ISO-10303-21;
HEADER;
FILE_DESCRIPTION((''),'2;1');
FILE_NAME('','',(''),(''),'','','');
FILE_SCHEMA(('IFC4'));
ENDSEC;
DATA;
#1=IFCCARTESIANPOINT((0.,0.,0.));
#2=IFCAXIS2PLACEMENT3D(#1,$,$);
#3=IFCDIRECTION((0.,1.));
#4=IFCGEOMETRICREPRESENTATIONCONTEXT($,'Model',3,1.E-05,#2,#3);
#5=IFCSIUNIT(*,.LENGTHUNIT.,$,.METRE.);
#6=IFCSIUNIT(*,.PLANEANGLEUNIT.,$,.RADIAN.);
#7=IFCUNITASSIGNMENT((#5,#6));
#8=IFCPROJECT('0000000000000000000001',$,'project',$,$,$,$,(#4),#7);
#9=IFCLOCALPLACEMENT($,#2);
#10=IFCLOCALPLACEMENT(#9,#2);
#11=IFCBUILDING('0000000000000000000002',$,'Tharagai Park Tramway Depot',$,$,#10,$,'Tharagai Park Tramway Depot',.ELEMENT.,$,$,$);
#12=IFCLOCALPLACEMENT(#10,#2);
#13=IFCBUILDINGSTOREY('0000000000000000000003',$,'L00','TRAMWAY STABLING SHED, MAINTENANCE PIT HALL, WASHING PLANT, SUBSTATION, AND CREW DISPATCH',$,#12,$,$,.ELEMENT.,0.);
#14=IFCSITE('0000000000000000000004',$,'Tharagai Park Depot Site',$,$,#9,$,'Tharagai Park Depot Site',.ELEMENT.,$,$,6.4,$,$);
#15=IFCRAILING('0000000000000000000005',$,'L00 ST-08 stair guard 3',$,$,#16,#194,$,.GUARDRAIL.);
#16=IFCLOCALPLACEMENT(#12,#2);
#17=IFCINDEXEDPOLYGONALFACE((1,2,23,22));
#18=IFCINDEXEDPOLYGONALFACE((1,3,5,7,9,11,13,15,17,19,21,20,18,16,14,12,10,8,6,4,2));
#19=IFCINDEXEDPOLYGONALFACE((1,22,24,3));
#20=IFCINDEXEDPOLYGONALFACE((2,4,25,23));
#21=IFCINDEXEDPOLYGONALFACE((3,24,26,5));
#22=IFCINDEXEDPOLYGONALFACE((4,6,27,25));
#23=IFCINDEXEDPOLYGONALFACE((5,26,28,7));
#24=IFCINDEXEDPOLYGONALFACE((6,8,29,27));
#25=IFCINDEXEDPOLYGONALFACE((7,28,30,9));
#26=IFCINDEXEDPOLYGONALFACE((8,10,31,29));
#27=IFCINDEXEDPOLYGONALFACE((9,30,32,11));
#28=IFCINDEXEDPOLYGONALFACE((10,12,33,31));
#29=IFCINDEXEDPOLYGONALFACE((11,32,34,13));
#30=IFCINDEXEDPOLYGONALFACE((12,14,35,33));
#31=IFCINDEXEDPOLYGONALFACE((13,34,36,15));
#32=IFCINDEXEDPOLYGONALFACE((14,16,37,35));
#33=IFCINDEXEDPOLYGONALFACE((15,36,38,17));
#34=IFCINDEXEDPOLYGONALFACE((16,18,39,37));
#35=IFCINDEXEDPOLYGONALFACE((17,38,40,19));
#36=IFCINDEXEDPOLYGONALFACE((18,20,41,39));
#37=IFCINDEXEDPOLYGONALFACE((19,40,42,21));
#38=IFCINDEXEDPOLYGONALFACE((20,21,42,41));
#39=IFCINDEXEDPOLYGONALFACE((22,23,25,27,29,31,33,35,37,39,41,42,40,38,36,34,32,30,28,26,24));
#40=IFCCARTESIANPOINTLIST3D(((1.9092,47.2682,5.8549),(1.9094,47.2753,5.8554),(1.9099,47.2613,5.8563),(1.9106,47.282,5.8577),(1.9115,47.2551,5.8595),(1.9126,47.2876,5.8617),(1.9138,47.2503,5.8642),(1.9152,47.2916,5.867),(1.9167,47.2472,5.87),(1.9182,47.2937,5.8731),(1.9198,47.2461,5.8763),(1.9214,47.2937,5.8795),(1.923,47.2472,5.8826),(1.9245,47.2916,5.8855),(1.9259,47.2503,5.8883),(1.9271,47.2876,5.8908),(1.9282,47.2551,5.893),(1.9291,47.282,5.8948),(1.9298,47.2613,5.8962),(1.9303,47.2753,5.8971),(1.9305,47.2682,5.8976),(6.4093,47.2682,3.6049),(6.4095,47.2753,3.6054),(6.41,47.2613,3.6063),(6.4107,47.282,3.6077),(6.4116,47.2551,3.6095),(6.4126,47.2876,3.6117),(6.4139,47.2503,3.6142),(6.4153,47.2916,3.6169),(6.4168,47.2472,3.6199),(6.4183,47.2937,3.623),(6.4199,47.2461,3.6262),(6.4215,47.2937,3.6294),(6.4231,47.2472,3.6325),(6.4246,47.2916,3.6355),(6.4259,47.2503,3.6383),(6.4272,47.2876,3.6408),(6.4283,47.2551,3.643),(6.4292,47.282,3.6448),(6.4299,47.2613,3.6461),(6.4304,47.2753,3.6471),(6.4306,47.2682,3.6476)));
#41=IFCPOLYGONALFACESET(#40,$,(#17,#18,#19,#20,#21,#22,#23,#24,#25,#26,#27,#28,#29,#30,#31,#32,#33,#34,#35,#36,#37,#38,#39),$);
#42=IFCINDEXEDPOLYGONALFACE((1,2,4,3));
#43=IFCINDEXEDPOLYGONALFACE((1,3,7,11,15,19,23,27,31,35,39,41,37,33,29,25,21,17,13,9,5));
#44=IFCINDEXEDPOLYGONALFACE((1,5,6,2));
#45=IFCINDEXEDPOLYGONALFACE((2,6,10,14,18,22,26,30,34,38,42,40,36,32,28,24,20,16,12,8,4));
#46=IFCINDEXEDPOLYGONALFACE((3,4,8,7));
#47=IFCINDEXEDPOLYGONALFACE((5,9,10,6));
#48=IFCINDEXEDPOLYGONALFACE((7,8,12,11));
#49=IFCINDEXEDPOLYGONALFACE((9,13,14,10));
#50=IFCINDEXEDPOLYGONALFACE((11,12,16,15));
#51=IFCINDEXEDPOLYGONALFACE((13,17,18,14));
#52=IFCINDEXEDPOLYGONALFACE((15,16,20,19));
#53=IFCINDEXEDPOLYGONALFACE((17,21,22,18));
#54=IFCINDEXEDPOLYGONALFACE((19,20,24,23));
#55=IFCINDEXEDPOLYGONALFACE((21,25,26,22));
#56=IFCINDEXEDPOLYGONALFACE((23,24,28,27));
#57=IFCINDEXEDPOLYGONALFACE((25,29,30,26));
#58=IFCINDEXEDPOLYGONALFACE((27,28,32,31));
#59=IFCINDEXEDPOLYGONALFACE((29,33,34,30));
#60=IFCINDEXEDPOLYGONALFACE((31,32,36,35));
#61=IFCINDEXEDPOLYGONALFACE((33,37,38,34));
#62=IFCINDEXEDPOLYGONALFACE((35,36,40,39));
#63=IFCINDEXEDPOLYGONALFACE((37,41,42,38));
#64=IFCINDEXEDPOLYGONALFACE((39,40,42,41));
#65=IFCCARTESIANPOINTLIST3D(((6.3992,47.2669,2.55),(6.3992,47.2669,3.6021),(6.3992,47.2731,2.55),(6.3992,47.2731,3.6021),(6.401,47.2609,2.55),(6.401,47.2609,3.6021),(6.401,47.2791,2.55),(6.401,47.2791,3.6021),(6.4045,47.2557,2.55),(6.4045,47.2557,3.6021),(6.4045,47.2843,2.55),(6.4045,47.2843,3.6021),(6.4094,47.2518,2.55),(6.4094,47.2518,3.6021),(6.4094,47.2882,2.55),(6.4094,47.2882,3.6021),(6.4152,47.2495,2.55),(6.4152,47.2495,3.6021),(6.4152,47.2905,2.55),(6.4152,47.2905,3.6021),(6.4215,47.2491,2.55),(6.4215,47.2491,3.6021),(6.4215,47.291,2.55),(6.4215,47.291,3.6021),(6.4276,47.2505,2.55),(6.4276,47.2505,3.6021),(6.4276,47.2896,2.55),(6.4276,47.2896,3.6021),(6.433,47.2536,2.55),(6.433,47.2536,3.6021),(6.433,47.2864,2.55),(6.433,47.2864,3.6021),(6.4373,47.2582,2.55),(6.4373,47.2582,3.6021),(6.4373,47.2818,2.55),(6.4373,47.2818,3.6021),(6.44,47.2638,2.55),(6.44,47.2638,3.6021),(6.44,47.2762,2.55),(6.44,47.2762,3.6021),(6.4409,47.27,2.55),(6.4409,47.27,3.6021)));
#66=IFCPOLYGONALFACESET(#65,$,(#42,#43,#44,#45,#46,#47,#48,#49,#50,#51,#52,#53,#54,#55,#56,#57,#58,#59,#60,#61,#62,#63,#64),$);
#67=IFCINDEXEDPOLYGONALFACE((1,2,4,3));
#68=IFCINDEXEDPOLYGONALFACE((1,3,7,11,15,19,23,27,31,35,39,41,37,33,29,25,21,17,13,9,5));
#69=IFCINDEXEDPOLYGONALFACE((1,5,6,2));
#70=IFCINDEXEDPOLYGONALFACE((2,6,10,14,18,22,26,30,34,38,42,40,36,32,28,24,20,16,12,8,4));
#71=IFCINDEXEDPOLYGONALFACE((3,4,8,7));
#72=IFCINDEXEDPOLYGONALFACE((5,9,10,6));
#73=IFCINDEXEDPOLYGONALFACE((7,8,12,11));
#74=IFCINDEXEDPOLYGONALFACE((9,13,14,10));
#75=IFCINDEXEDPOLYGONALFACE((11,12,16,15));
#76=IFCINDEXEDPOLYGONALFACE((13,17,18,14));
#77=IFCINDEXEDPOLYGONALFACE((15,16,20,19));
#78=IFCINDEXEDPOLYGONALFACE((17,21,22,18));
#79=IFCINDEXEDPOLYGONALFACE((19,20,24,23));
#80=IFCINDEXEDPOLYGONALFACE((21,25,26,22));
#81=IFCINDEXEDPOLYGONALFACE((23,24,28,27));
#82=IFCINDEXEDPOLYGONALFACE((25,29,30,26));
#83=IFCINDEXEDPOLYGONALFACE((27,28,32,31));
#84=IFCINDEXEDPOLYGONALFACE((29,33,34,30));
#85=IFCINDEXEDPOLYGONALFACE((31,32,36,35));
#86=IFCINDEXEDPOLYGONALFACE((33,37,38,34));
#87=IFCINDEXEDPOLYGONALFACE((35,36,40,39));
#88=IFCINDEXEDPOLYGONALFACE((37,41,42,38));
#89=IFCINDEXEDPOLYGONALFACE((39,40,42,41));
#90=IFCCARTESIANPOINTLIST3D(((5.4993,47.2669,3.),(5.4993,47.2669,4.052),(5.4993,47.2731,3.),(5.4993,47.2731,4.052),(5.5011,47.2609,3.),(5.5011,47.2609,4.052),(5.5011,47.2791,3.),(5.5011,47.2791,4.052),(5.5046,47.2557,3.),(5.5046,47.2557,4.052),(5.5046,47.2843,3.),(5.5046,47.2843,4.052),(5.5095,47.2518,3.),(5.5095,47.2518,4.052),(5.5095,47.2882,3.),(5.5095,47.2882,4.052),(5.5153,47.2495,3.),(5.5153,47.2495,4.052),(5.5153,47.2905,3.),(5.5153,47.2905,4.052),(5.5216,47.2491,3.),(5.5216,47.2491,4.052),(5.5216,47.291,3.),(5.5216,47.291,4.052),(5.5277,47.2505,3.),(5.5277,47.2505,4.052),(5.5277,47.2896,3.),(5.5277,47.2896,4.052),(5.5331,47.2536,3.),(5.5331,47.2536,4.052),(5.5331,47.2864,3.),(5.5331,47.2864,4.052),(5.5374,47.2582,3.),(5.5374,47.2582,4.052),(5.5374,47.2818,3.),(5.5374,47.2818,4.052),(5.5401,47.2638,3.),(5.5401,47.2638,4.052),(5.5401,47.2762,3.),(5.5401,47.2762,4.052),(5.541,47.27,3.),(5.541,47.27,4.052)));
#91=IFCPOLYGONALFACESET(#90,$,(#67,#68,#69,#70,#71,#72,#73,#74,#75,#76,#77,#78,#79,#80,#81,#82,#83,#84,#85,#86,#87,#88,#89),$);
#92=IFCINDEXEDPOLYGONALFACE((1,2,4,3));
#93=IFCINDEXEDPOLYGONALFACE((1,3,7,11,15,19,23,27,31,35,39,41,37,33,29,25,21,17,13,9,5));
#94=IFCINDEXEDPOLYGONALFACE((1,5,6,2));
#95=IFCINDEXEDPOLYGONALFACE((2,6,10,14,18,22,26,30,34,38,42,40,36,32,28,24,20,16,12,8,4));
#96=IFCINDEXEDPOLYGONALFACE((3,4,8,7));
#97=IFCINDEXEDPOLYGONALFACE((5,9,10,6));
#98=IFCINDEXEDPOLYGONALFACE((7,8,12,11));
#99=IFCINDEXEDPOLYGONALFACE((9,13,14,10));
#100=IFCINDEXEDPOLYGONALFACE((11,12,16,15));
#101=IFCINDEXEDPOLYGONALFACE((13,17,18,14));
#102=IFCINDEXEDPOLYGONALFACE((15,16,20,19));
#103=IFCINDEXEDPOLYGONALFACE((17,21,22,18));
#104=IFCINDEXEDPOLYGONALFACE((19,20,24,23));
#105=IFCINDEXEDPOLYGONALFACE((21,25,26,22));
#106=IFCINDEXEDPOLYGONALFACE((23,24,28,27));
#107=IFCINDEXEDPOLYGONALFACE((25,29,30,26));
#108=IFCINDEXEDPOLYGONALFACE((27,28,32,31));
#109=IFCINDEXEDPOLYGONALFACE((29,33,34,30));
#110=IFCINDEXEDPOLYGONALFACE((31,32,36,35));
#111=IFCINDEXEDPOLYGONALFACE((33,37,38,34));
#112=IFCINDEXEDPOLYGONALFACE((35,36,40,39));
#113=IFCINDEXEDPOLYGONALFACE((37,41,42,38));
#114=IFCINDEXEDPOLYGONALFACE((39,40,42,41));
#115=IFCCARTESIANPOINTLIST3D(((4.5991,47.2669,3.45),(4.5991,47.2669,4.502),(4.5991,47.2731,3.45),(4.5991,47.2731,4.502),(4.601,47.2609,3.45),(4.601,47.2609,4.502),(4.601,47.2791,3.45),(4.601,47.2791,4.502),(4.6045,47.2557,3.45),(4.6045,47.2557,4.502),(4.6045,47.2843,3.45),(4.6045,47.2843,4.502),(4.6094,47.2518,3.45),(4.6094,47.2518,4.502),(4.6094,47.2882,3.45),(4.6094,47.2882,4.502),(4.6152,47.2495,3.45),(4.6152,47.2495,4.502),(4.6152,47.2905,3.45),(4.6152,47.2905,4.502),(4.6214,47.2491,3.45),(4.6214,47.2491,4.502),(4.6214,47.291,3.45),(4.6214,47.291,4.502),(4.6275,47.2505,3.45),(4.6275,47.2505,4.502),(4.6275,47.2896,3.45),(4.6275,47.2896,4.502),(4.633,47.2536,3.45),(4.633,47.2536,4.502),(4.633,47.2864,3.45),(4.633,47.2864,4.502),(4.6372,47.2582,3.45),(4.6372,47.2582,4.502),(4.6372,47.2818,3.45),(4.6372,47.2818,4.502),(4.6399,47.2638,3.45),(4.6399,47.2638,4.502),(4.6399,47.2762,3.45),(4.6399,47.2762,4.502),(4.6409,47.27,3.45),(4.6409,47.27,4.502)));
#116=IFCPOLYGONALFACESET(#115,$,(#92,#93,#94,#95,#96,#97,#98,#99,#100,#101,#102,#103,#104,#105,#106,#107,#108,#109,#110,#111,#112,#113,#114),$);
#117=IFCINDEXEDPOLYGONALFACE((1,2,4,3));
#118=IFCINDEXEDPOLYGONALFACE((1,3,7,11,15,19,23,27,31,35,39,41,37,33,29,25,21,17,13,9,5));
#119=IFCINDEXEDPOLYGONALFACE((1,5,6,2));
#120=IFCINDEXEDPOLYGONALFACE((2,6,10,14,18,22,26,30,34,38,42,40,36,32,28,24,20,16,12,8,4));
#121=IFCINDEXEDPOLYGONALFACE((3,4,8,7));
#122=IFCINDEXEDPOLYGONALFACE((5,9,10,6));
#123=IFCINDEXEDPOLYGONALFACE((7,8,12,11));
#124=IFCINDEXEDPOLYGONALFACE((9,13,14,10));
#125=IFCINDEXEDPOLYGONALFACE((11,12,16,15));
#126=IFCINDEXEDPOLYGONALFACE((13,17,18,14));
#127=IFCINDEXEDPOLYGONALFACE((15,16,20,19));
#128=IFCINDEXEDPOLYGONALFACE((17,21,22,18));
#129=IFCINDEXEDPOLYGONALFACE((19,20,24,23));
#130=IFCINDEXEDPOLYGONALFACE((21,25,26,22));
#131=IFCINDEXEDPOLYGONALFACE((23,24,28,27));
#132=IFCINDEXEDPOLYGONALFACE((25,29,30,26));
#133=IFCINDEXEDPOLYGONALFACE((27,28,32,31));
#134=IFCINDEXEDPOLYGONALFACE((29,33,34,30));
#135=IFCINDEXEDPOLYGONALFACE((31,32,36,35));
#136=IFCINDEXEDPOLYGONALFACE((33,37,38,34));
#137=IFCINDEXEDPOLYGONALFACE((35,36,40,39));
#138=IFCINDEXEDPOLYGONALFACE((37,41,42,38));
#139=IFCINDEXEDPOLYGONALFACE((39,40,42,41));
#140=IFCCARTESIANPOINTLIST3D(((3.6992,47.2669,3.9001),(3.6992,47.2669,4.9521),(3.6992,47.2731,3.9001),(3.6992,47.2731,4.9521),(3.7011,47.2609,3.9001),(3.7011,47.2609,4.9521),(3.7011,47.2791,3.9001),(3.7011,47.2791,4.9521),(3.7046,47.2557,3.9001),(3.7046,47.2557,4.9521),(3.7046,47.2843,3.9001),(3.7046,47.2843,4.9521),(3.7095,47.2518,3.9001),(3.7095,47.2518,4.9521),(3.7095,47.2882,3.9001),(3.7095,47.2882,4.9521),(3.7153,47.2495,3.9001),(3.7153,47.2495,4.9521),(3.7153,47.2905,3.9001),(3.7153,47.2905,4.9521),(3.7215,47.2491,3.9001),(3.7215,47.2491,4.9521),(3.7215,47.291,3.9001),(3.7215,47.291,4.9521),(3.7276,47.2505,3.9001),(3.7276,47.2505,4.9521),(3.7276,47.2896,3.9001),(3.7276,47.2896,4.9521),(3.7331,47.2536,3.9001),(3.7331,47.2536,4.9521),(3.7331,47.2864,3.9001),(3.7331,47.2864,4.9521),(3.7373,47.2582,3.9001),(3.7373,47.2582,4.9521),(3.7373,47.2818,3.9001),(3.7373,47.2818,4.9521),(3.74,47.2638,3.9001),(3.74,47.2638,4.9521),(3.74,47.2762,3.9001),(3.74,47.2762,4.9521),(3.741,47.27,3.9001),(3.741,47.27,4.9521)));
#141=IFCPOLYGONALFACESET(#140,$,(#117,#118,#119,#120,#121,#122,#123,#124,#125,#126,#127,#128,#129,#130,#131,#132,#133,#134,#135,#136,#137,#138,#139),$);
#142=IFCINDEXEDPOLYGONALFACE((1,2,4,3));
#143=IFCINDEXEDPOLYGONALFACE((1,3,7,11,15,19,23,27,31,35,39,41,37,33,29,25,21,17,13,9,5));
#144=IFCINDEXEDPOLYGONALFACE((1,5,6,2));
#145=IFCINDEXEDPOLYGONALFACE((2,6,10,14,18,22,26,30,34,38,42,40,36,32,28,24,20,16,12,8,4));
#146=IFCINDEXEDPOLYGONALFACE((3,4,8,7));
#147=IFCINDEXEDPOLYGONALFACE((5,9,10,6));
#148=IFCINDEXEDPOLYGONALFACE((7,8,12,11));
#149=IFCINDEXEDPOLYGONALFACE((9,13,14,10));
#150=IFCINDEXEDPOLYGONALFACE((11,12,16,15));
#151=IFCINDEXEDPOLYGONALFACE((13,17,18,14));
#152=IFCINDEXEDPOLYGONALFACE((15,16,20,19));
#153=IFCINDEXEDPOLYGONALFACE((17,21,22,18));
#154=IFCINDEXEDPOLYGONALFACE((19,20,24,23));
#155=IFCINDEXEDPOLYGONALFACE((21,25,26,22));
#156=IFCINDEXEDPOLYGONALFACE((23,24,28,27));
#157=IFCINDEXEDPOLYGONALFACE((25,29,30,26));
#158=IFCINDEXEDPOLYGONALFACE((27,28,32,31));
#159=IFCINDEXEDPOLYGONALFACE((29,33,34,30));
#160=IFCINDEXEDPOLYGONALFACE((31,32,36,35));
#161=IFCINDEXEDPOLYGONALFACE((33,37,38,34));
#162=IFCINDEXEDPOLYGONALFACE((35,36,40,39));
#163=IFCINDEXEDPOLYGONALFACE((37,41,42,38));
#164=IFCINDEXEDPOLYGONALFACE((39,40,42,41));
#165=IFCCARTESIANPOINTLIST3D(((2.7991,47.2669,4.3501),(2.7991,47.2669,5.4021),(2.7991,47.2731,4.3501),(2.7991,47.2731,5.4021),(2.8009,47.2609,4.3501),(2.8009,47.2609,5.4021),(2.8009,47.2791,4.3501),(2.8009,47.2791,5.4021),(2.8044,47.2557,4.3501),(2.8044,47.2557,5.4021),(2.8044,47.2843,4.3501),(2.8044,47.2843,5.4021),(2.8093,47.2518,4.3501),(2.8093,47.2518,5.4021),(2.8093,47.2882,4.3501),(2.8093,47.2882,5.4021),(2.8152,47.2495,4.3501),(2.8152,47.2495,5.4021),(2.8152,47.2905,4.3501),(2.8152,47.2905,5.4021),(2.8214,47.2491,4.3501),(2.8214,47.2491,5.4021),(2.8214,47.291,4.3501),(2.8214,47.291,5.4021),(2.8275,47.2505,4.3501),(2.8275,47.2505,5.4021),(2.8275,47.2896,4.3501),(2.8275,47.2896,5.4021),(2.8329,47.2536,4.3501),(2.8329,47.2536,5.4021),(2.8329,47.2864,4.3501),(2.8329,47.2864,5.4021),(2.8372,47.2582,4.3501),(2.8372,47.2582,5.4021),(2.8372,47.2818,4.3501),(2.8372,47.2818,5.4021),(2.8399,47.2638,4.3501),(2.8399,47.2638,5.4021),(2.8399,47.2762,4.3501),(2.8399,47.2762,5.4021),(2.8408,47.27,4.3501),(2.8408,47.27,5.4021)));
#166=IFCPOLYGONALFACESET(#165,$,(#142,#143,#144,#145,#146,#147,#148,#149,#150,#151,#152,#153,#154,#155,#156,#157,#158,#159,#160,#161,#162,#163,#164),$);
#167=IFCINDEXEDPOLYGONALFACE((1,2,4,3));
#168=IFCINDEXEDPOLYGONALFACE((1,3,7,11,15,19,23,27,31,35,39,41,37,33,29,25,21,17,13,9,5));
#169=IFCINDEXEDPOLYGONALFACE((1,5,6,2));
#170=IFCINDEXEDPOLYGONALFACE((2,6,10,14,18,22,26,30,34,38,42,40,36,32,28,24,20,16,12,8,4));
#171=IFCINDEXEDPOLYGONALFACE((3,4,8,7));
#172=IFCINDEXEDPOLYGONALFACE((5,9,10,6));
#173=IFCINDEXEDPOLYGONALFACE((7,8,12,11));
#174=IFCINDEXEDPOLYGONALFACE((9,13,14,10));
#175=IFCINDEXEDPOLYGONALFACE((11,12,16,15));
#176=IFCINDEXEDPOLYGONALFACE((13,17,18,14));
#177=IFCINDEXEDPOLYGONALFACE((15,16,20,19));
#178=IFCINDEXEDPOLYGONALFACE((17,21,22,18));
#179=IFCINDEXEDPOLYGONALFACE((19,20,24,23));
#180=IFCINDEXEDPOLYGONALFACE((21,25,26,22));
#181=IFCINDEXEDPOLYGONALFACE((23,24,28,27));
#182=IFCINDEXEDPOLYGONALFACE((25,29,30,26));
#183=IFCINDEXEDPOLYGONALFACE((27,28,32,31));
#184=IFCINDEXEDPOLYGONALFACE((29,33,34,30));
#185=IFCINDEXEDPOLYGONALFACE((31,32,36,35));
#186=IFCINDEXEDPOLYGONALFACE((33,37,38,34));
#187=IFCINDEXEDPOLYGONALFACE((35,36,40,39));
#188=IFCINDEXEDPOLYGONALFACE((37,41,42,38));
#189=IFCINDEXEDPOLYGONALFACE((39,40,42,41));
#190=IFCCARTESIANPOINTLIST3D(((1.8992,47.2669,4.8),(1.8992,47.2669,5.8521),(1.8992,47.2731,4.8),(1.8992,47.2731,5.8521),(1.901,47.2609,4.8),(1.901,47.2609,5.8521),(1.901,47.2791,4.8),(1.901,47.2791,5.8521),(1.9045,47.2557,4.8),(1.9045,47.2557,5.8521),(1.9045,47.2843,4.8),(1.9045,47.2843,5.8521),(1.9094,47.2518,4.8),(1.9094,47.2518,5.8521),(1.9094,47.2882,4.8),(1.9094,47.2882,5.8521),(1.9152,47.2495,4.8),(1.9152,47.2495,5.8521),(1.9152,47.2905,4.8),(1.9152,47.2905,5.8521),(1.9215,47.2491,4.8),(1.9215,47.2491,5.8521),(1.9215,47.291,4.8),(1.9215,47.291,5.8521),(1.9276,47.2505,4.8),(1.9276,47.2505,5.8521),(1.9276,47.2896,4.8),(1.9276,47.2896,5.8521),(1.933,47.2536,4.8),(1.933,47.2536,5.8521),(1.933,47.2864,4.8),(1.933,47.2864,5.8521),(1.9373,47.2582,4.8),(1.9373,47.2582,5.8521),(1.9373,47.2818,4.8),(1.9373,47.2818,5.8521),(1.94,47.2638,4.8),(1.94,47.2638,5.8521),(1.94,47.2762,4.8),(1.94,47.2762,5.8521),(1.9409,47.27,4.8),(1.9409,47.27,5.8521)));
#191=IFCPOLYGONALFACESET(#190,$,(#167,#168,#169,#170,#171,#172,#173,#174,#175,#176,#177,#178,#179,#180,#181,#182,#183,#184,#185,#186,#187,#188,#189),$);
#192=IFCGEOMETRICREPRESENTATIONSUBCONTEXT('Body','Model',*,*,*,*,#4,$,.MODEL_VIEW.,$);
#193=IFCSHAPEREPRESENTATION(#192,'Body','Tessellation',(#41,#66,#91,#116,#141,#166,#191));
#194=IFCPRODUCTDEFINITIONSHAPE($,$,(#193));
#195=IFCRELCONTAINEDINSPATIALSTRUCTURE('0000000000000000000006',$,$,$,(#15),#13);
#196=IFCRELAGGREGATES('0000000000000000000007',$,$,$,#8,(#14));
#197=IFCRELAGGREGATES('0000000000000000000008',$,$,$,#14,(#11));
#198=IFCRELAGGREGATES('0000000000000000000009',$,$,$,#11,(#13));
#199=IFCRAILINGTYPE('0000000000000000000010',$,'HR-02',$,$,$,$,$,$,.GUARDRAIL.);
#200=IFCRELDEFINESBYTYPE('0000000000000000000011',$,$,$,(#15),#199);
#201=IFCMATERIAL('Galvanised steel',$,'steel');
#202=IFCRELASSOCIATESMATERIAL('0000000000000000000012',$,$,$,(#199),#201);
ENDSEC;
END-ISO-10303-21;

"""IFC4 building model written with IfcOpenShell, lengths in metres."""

from ifc_helpers import new_model, si_unit, direction, frame, origin, origin_2d, place, context, subcontext, project, spatial, circle, extrude, material, type_object, element, save


model = new_model("IFC4")

# Units and contexts
model_context = context("Model", 3, precision=1e-05, world=origin(), true_north=direction((0.0, 1.0)))
body_context = subcontext(model_context, "Body", "Model", "MODEL_VIEW")
ifc_project = project(units=[si_unit("LENGTHUNIT", "METRE"), si_unit("PLANEANGLEUNIT", "RADIAN")], contexts=[model_context])

# Site, building, storey
site_placement = place(None, origin())
site = spatial("IfcSite", under=ifc_project, at=site_placement, Name="Tharagai Park Depot Site", LongName="Tharagai Park Depot Site", CompositionType="ELEMENT", RefElevation=6.4)
building_placement = place(site_placement, origin())
building = spatial("IfcBuilding", under=site, at=building_placement, Name="Tharagai Park Tramway Depot", LongName="Tharagai Park Tramway Depot", CompositionType="ELEMENT")
storey_placement = place(building_placement, origin())
storey = spatial("IfcBuildingStorey", under=building, at=storey_placement, Name="L00", Description="TRAMWAY STABLING SHED, MAINTENANCE PIT HALL, WASHING PLANT, SUBSTATION, AND CREW DISPATCH", CompositionType="ELEMENT", Elevation=0.0)

# Shared definitions
ifc_material_1 = material(Name="Galvanised steel", Category="steel")

# Railing
railing_type_1 = type_object("IfcRailingType", Name="HR-02", PredefinedType="GUARDRAIL", material=ifc_material_1)
railing_1_placement = place(storey_placement, frame((6.4199, 47.27, 2.55)))
element("IfcRailing", 1, at=railing_1_placement, inside=storey, type_object=railing_type_1, Name="L00 ST-08 stair guard 3", PredefinedType="GUARDRAIL", context=body_context, shape_type="SweptSolid", body=[
    extrude(circle(Radius=0.0239, at=origin_2d()), frame((0.0, 0.0, 1.0762), z_axis=(-0.894427, 0.0, 0.447214), x_axis=(0.0, -1.0, 0.0)), (0.0, 0.0, 1.0), 5.0312),
    extrude(circle(Radius=0.021, at=origin_2d()), origin(), (0.0, 0.0, 1.0), 1.052),
    extrude(circle(Radius=0.021, at=origin_2d()), frame((-0.8999, 0.0, 0.45)), (0.0, 0.0, 1.0), 1.052),
    extrude(circle(Radius=0.021, at=origin_2d()), frame((-1.8, 0.0, 0.8999)), (0.0, 0.0, 1.0), 1.052),
    extrude(circle(Radius=0.021, at=origin_2d()), frame((-2.7, 0.0, 1.3501)), (0.0, 0.0, 1.0), 1.052),
    extrude(circle(Radius=0.021, at=origin_2d()), frame((-3.6001, 0.0, 1.8)), (0.0, 0.0, 1.0), 1.052),
    extrude(circle(Radius=0.021, at=origin_2d()), frame((-4.5, 0.0, 2.25)), (0.0, 0.0, 1.0), 1.052),
])

save(model, "model.ifc")
